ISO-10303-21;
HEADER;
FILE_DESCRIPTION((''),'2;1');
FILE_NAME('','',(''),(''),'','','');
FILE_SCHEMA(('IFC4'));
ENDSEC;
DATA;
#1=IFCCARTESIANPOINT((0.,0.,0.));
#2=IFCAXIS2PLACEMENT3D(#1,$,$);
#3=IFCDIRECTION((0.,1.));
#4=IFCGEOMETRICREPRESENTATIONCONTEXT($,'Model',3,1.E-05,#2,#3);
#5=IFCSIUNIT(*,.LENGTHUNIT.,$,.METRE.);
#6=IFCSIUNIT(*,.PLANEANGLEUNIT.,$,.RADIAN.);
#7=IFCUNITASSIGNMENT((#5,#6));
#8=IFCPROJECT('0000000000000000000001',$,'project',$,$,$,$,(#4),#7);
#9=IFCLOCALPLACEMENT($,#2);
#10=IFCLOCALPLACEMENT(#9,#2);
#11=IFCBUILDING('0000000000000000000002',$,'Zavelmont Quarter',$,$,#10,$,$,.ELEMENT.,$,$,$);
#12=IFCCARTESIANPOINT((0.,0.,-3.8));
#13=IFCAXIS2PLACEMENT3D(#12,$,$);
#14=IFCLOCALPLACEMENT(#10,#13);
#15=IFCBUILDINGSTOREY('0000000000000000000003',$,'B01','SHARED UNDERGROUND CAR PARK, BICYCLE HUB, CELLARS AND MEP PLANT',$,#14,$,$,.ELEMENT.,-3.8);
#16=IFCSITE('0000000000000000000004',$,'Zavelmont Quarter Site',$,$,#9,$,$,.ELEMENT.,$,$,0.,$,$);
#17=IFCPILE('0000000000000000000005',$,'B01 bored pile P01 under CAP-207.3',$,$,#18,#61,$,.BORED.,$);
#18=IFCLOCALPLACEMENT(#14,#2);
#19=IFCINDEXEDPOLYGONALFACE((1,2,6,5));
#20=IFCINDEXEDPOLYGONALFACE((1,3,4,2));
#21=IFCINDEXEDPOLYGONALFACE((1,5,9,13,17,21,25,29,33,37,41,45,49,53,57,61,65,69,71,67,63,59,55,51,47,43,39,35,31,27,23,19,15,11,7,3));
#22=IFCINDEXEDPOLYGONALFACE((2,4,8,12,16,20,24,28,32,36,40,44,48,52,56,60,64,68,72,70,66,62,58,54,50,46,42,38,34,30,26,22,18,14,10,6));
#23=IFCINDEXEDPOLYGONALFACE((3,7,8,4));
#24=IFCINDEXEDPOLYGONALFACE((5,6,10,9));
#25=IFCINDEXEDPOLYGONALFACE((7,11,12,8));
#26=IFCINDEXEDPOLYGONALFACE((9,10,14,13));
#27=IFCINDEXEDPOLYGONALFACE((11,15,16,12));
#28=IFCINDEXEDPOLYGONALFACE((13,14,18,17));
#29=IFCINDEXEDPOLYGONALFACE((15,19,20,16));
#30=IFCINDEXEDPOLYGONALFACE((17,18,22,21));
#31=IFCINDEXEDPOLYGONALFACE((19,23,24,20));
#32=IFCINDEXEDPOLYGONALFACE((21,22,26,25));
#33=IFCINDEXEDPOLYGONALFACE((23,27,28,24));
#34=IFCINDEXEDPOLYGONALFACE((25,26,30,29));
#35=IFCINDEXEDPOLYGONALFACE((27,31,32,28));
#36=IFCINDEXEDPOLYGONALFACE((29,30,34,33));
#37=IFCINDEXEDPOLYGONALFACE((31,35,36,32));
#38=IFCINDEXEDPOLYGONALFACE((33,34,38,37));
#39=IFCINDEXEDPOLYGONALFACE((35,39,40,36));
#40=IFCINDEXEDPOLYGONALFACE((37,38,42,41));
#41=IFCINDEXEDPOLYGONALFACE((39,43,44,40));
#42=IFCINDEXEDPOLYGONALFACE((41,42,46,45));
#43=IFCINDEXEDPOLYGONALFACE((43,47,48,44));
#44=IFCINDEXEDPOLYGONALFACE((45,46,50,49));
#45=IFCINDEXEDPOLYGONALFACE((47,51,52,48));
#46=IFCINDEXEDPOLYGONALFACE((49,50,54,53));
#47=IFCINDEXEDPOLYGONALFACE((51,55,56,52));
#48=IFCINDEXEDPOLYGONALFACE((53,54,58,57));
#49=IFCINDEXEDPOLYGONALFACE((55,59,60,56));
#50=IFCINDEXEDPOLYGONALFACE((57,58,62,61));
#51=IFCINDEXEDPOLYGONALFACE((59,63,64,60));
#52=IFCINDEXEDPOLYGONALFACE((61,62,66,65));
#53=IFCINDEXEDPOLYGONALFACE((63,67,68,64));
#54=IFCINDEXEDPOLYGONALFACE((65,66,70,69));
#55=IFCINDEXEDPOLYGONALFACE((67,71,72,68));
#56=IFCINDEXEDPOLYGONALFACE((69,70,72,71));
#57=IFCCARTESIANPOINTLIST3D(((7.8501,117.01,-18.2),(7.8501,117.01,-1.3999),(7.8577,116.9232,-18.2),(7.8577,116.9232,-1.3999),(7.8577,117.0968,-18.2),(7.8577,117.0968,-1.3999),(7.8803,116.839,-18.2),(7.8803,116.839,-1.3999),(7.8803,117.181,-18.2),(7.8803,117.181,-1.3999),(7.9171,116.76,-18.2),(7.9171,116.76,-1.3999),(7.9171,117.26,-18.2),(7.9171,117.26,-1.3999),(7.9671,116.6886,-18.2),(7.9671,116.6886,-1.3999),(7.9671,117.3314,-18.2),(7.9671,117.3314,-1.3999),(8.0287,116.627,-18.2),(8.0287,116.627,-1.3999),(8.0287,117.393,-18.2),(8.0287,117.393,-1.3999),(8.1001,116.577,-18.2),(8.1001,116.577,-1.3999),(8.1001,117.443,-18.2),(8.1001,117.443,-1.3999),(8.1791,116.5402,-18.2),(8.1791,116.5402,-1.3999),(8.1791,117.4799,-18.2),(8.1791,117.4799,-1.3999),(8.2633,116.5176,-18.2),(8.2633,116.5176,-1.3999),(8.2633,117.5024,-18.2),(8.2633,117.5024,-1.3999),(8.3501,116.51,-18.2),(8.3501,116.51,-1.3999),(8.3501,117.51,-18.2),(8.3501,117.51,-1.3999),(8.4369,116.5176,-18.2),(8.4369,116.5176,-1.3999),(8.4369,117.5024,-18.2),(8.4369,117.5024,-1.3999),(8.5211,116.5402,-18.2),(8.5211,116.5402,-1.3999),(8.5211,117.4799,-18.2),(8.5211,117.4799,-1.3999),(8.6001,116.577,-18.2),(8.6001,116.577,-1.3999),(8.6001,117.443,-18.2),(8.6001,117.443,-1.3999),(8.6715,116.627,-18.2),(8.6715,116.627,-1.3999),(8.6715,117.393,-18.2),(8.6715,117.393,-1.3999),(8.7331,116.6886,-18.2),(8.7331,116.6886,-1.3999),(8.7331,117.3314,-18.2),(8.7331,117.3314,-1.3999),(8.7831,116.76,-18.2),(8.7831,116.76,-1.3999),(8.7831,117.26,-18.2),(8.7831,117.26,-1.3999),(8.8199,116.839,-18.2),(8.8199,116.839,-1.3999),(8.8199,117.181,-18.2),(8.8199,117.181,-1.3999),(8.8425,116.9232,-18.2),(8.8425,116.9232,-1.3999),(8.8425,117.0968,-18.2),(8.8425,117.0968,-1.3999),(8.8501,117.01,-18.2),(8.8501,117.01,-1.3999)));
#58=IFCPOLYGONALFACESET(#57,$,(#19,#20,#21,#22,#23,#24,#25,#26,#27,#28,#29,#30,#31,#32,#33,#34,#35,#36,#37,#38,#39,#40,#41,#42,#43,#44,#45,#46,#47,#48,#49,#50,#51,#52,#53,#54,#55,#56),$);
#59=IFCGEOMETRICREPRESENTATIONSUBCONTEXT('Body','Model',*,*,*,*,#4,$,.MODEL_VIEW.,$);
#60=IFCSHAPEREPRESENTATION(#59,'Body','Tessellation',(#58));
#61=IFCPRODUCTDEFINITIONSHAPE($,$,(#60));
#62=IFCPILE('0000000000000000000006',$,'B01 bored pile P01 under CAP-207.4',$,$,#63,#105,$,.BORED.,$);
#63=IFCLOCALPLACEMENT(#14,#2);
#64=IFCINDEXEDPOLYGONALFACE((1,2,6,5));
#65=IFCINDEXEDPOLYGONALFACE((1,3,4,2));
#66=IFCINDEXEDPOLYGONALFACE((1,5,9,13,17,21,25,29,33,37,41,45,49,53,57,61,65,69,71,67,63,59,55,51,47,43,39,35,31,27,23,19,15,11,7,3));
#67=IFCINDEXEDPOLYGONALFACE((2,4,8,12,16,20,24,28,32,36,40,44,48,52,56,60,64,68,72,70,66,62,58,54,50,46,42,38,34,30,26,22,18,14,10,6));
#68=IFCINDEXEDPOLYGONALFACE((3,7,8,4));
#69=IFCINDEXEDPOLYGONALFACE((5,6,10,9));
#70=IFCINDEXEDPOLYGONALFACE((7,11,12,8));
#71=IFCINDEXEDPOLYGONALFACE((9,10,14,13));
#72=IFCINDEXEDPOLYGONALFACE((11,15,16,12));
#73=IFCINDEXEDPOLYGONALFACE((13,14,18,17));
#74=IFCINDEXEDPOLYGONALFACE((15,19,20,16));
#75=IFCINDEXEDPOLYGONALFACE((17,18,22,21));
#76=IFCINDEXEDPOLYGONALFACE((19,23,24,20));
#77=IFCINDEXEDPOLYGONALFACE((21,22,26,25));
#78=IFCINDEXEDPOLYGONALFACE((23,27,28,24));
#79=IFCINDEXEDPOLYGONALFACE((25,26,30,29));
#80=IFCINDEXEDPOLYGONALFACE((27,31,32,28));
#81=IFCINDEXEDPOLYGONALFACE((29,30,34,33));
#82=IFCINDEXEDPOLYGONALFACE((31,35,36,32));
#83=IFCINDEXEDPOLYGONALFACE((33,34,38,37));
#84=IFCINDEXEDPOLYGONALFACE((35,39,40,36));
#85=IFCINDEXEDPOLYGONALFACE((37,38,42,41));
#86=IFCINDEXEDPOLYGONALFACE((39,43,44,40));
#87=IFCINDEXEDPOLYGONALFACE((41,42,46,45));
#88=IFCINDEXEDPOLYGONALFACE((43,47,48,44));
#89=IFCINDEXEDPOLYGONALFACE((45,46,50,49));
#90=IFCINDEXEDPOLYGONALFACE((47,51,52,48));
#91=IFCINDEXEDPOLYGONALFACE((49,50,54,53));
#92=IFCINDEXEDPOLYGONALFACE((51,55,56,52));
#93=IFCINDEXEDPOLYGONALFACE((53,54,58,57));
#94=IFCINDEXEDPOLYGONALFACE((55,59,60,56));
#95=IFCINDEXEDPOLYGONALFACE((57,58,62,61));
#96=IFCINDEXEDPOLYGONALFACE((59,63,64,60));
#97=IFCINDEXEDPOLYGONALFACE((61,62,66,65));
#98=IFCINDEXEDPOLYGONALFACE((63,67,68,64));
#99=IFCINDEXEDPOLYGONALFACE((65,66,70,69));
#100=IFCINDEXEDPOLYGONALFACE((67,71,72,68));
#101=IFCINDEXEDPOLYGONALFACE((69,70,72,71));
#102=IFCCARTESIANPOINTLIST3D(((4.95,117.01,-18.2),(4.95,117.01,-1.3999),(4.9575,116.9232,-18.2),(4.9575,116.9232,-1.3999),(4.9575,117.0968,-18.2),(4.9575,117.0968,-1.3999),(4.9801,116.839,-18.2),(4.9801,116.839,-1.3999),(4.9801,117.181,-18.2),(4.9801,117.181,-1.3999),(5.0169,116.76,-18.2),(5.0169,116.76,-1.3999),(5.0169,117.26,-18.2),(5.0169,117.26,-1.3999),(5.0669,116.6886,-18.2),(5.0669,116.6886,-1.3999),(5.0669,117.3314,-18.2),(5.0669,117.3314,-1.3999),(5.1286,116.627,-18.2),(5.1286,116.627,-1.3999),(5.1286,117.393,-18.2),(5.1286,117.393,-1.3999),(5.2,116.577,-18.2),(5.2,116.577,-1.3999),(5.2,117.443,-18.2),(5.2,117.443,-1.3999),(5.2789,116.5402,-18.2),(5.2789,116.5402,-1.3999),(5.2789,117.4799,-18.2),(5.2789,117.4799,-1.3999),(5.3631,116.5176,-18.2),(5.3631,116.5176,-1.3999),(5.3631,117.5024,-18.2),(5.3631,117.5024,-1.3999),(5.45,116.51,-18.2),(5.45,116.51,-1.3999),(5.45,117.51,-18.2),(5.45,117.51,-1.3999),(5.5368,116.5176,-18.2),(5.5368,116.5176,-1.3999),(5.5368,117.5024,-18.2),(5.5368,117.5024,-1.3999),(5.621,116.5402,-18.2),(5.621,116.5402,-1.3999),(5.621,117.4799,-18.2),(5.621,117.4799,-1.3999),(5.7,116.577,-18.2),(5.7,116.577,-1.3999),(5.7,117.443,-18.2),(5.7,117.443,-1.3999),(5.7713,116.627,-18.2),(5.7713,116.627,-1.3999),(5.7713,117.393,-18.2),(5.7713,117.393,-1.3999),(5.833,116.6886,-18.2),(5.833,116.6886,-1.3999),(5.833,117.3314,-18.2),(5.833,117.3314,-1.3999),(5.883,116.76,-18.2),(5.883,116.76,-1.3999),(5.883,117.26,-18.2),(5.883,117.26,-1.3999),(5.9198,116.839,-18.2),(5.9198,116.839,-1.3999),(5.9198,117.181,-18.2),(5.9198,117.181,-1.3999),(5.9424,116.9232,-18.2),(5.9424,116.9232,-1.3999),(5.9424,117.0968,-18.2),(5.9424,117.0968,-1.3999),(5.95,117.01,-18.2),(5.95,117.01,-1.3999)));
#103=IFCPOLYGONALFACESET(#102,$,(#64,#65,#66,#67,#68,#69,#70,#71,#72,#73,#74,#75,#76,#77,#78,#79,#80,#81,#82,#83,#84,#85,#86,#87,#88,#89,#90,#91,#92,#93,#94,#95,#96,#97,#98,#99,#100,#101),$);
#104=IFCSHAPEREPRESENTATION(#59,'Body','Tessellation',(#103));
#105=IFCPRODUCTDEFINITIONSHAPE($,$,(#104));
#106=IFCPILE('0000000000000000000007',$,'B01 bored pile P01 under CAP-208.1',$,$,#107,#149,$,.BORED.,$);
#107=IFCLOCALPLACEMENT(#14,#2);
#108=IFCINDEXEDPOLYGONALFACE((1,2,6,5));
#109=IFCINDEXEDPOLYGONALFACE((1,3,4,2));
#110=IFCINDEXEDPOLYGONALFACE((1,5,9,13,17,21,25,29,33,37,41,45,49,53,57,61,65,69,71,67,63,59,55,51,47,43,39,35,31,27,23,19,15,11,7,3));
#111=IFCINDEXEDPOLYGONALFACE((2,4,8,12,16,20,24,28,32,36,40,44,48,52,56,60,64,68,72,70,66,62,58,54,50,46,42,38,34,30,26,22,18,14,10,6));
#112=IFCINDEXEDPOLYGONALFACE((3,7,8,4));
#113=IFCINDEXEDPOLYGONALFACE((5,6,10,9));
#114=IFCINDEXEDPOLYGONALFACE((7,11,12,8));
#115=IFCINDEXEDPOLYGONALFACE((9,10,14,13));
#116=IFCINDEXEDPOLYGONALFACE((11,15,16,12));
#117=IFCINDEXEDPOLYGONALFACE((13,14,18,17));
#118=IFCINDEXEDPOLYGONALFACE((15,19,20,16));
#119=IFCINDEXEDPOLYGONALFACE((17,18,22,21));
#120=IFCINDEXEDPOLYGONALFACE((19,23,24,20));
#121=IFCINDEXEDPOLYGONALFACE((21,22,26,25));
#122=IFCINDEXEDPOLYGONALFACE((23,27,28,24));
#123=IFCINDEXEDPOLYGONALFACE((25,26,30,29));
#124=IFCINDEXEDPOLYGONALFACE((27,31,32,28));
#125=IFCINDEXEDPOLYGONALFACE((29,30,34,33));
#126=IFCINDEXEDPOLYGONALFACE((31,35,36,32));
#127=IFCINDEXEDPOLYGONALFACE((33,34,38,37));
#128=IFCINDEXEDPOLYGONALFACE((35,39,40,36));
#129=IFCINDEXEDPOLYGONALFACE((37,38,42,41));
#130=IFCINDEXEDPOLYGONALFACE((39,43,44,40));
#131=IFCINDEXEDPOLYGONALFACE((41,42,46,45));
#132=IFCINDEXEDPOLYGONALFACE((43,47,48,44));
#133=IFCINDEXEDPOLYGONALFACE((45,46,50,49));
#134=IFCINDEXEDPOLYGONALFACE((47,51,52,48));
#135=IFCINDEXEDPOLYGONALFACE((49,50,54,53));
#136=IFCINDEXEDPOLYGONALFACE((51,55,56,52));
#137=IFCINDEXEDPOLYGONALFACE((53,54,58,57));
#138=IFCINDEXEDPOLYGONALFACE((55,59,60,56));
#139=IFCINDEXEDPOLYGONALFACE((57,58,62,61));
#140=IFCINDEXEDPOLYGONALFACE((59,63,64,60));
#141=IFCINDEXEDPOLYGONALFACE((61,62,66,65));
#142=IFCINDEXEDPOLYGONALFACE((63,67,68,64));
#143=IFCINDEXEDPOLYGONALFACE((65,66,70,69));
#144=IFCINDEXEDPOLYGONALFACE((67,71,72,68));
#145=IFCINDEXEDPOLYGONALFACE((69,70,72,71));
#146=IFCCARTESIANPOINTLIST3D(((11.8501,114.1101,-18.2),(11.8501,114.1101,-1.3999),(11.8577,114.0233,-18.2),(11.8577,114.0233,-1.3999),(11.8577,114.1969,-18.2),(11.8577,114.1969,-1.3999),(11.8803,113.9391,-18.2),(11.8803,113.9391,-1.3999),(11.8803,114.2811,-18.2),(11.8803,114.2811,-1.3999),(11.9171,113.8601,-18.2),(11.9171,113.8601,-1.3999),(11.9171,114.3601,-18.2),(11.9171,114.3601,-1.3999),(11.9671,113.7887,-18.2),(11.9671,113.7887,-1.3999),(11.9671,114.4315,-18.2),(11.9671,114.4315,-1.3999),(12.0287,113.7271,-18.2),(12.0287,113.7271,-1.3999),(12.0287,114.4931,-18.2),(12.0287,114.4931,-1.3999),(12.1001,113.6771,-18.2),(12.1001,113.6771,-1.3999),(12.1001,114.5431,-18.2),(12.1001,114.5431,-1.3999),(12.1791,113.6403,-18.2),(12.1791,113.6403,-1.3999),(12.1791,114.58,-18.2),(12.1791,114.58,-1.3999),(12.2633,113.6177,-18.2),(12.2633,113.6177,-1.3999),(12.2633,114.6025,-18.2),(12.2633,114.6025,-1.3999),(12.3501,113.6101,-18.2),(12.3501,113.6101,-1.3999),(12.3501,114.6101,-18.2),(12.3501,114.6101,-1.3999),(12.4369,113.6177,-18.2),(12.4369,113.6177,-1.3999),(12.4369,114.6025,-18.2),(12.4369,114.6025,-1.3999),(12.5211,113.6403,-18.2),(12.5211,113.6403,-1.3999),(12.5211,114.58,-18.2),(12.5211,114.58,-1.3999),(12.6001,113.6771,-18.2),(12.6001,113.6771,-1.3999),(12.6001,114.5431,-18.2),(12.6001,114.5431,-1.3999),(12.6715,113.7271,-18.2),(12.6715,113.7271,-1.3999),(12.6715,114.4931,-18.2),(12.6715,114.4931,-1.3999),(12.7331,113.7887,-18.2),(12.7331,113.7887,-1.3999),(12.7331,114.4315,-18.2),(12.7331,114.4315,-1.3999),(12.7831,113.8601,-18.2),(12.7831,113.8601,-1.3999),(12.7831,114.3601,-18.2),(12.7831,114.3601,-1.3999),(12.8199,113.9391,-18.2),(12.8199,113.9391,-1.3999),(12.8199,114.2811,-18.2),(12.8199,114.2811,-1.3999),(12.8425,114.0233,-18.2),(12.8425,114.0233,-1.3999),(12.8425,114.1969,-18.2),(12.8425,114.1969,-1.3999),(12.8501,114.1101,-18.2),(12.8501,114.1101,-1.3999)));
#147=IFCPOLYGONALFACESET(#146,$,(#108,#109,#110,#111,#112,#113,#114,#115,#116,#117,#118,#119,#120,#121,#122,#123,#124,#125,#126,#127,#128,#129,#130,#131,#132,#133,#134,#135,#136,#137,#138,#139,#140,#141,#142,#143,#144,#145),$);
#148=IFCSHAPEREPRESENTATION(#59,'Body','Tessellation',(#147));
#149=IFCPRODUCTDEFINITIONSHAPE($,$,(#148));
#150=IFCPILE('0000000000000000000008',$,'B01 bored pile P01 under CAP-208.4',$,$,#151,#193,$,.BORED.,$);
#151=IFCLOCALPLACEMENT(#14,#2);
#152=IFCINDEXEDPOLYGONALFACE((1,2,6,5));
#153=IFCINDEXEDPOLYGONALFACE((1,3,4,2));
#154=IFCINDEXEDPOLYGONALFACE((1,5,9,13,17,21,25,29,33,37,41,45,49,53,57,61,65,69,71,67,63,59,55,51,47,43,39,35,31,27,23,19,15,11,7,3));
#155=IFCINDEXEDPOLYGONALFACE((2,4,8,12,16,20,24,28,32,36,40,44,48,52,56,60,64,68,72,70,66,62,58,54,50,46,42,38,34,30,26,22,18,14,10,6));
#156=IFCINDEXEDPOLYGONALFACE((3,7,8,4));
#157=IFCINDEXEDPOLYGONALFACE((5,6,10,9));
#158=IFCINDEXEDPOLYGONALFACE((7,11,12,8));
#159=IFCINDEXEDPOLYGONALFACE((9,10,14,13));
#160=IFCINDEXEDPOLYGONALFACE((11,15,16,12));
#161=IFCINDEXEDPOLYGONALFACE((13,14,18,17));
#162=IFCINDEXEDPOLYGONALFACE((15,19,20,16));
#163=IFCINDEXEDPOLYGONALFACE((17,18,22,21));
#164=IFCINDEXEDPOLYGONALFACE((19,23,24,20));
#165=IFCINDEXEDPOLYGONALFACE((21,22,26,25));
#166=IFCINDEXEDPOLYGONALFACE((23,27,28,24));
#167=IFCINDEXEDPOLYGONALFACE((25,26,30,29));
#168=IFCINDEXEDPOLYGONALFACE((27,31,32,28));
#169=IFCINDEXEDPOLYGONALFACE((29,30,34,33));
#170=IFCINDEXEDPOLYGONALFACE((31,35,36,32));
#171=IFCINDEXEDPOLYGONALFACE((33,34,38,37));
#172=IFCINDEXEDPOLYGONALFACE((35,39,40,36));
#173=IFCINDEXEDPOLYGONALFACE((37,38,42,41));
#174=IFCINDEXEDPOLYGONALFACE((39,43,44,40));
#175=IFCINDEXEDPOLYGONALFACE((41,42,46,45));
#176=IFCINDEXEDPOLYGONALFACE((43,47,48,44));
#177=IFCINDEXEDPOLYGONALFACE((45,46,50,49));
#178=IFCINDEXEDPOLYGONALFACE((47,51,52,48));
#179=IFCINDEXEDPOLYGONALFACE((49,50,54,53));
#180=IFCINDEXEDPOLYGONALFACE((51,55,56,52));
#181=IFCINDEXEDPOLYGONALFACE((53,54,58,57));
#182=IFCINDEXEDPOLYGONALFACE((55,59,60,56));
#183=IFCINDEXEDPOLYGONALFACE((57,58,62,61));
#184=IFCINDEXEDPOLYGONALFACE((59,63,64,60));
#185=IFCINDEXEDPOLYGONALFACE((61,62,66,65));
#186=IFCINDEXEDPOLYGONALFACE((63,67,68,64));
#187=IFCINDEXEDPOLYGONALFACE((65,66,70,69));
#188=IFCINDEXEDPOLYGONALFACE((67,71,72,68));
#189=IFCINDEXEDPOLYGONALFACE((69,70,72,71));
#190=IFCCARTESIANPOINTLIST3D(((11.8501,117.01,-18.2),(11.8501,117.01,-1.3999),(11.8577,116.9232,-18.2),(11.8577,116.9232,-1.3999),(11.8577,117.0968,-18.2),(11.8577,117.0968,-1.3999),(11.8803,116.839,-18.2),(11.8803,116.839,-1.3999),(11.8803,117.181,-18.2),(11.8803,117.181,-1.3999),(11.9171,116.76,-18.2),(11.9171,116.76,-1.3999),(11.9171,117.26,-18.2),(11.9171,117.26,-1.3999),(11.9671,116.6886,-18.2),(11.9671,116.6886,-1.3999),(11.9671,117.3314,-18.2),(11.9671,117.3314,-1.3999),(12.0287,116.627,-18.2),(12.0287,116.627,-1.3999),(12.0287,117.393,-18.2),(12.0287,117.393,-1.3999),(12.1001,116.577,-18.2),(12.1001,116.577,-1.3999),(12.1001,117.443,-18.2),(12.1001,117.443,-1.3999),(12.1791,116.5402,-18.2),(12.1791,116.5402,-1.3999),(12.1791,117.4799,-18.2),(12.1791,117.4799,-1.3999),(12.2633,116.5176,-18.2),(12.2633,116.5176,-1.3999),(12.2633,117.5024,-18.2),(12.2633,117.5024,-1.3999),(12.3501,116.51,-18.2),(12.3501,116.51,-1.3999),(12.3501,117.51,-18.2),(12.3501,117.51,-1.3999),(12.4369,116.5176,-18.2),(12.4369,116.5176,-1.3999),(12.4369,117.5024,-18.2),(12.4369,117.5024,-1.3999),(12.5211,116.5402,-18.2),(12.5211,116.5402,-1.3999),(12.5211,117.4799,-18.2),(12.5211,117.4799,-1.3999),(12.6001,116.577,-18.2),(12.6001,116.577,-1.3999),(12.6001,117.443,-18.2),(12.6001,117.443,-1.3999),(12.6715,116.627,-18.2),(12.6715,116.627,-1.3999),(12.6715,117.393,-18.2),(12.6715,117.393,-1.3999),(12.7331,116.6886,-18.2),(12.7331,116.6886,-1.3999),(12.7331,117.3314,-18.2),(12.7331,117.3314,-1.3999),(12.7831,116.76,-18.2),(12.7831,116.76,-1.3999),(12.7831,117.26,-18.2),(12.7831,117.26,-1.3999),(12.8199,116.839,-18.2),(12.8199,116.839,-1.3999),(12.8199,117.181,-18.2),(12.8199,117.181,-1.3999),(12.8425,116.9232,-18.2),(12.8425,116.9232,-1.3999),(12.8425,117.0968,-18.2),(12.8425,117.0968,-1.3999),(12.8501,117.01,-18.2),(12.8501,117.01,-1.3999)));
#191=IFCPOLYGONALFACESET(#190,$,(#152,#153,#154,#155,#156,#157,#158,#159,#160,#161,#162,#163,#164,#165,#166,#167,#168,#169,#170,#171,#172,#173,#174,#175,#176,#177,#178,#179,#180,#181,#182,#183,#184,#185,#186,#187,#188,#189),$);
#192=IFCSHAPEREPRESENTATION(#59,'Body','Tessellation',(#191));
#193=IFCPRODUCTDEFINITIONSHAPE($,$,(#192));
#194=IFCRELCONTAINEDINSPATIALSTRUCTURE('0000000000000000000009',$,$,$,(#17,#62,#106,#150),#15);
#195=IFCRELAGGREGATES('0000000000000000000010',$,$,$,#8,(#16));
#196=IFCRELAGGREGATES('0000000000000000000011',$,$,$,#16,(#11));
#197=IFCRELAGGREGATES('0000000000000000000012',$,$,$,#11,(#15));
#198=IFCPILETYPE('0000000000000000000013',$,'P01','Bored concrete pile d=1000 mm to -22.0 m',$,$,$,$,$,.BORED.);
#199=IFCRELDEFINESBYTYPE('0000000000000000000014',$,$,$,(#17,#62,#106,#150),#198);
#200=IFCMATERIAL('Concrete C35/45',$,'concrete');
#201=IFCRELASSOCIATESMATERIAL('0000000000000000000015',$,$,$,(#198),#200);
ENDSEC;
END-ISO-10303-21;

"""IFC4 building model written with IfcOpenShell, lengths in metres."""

from ifc_helpers import new_model, si_unit, direction, frame, origin, origin_2d, place, context, subcontext, project, spatial, circle, extrude, material, material_profile, profile_set, type_object, element, save


model = new_model("IFC4")

# Units and contexts
model_context = context("Model", 3, precision=1e-05, world=origin(), true_north=direction((0.0, 1.0)))
body_context = subcontext(model_context, "Body", "Model", "MODEL_VIEW")
ifc_project = project(units=[si_unit("LENGTHUNIT", "METRE"), si_unit("PLANEANGLEUNIT", "RADIAN")], contexts=[model_context])

# Site, building, storey
site_placement = place(None, origin())
site = spatial("IfcSite", under=ifc_project, at=site_placement, Name="Zavelmont Quarter Site", CompositionType="ELEMENT", RefElevation=0.0)
building_placement = place(site_placement, origin())
building = spatial("IfcBuilding", under=site, at=building_placement, Name="Zavelmont Quarter", CompositionType="ELEMENT")
storey_placement = place(building_placement, frame((0.0, 0.0, -3.8)))
storey = spatial("IfcBuildingStorey", under=building, at=storey_placement, Name="B01", Description="SHARED UNDERGROUND CAR PARK, BICYCLE HUB, CELLARS AND MEP PLANT", CompositionType="ELEMENT", Elevation=-3.8)

# Shared definitions
ifc_material_1 = material(Name="Concrete C35/45", Category="concrete")

# Piles
ifc_material_profile_1 = material_profile(ifc_material_1, circle(Radius=0.5, at=origin_2d()), Name="BP1000")
ifc_profile_set_1 = profile_set([ifc_material_profile_1], Name="Concrete C35/45")
pile_type_1 = type_object("IfcPileType", Name="P01", Description="Bored concrete pile d=1000 mm to -22.0 m", PredefinedType="BORED", material=ifc_profile_set_1)
for number, where, z_axis, x_axis, name in (
    (1, (8.3501, 117.01, -1.3999), (0.0, 0.0, -1.0), (1.0, 0.0, 0.0), "B01 bored pile P01 under CAP-207.3"),
    (2, (5.45, 117.01, -1.3999), (0.0, 0.0, -1.0), (1.0, 0.0, 0.0), "B01 bored pile P01 under CAP-207.4"),
    (3, (12.3501, 114.1101, -1.3999), (0.0, 0.0, -1.0), (1.0, 0.0, 0.0), "B01 bored pile P01 under CAP-208.1"),
    (4, (12.3501, 117.01, -1.3999), (0.0, 0.0, -1.0), (1.0, 0.0, 0.0), "B01 bored pile P01 under CAP-208.4"),
):
    element("IfcPile", number, at=place(storey_placement, frame(where, z_axis=z_axis, x_axis=x_axis)), inside=storey, type_object=pile_type_1, Name=name, PredefinedType="BORED", context=body_context, shape_type="SweptSolid", body=[
        extrude(circle(Radius=0.5, at=origin_2d()), origin(), (0.0, 0.0, 1.0), 16.8),
    ])

save(model, "model.ifc")
